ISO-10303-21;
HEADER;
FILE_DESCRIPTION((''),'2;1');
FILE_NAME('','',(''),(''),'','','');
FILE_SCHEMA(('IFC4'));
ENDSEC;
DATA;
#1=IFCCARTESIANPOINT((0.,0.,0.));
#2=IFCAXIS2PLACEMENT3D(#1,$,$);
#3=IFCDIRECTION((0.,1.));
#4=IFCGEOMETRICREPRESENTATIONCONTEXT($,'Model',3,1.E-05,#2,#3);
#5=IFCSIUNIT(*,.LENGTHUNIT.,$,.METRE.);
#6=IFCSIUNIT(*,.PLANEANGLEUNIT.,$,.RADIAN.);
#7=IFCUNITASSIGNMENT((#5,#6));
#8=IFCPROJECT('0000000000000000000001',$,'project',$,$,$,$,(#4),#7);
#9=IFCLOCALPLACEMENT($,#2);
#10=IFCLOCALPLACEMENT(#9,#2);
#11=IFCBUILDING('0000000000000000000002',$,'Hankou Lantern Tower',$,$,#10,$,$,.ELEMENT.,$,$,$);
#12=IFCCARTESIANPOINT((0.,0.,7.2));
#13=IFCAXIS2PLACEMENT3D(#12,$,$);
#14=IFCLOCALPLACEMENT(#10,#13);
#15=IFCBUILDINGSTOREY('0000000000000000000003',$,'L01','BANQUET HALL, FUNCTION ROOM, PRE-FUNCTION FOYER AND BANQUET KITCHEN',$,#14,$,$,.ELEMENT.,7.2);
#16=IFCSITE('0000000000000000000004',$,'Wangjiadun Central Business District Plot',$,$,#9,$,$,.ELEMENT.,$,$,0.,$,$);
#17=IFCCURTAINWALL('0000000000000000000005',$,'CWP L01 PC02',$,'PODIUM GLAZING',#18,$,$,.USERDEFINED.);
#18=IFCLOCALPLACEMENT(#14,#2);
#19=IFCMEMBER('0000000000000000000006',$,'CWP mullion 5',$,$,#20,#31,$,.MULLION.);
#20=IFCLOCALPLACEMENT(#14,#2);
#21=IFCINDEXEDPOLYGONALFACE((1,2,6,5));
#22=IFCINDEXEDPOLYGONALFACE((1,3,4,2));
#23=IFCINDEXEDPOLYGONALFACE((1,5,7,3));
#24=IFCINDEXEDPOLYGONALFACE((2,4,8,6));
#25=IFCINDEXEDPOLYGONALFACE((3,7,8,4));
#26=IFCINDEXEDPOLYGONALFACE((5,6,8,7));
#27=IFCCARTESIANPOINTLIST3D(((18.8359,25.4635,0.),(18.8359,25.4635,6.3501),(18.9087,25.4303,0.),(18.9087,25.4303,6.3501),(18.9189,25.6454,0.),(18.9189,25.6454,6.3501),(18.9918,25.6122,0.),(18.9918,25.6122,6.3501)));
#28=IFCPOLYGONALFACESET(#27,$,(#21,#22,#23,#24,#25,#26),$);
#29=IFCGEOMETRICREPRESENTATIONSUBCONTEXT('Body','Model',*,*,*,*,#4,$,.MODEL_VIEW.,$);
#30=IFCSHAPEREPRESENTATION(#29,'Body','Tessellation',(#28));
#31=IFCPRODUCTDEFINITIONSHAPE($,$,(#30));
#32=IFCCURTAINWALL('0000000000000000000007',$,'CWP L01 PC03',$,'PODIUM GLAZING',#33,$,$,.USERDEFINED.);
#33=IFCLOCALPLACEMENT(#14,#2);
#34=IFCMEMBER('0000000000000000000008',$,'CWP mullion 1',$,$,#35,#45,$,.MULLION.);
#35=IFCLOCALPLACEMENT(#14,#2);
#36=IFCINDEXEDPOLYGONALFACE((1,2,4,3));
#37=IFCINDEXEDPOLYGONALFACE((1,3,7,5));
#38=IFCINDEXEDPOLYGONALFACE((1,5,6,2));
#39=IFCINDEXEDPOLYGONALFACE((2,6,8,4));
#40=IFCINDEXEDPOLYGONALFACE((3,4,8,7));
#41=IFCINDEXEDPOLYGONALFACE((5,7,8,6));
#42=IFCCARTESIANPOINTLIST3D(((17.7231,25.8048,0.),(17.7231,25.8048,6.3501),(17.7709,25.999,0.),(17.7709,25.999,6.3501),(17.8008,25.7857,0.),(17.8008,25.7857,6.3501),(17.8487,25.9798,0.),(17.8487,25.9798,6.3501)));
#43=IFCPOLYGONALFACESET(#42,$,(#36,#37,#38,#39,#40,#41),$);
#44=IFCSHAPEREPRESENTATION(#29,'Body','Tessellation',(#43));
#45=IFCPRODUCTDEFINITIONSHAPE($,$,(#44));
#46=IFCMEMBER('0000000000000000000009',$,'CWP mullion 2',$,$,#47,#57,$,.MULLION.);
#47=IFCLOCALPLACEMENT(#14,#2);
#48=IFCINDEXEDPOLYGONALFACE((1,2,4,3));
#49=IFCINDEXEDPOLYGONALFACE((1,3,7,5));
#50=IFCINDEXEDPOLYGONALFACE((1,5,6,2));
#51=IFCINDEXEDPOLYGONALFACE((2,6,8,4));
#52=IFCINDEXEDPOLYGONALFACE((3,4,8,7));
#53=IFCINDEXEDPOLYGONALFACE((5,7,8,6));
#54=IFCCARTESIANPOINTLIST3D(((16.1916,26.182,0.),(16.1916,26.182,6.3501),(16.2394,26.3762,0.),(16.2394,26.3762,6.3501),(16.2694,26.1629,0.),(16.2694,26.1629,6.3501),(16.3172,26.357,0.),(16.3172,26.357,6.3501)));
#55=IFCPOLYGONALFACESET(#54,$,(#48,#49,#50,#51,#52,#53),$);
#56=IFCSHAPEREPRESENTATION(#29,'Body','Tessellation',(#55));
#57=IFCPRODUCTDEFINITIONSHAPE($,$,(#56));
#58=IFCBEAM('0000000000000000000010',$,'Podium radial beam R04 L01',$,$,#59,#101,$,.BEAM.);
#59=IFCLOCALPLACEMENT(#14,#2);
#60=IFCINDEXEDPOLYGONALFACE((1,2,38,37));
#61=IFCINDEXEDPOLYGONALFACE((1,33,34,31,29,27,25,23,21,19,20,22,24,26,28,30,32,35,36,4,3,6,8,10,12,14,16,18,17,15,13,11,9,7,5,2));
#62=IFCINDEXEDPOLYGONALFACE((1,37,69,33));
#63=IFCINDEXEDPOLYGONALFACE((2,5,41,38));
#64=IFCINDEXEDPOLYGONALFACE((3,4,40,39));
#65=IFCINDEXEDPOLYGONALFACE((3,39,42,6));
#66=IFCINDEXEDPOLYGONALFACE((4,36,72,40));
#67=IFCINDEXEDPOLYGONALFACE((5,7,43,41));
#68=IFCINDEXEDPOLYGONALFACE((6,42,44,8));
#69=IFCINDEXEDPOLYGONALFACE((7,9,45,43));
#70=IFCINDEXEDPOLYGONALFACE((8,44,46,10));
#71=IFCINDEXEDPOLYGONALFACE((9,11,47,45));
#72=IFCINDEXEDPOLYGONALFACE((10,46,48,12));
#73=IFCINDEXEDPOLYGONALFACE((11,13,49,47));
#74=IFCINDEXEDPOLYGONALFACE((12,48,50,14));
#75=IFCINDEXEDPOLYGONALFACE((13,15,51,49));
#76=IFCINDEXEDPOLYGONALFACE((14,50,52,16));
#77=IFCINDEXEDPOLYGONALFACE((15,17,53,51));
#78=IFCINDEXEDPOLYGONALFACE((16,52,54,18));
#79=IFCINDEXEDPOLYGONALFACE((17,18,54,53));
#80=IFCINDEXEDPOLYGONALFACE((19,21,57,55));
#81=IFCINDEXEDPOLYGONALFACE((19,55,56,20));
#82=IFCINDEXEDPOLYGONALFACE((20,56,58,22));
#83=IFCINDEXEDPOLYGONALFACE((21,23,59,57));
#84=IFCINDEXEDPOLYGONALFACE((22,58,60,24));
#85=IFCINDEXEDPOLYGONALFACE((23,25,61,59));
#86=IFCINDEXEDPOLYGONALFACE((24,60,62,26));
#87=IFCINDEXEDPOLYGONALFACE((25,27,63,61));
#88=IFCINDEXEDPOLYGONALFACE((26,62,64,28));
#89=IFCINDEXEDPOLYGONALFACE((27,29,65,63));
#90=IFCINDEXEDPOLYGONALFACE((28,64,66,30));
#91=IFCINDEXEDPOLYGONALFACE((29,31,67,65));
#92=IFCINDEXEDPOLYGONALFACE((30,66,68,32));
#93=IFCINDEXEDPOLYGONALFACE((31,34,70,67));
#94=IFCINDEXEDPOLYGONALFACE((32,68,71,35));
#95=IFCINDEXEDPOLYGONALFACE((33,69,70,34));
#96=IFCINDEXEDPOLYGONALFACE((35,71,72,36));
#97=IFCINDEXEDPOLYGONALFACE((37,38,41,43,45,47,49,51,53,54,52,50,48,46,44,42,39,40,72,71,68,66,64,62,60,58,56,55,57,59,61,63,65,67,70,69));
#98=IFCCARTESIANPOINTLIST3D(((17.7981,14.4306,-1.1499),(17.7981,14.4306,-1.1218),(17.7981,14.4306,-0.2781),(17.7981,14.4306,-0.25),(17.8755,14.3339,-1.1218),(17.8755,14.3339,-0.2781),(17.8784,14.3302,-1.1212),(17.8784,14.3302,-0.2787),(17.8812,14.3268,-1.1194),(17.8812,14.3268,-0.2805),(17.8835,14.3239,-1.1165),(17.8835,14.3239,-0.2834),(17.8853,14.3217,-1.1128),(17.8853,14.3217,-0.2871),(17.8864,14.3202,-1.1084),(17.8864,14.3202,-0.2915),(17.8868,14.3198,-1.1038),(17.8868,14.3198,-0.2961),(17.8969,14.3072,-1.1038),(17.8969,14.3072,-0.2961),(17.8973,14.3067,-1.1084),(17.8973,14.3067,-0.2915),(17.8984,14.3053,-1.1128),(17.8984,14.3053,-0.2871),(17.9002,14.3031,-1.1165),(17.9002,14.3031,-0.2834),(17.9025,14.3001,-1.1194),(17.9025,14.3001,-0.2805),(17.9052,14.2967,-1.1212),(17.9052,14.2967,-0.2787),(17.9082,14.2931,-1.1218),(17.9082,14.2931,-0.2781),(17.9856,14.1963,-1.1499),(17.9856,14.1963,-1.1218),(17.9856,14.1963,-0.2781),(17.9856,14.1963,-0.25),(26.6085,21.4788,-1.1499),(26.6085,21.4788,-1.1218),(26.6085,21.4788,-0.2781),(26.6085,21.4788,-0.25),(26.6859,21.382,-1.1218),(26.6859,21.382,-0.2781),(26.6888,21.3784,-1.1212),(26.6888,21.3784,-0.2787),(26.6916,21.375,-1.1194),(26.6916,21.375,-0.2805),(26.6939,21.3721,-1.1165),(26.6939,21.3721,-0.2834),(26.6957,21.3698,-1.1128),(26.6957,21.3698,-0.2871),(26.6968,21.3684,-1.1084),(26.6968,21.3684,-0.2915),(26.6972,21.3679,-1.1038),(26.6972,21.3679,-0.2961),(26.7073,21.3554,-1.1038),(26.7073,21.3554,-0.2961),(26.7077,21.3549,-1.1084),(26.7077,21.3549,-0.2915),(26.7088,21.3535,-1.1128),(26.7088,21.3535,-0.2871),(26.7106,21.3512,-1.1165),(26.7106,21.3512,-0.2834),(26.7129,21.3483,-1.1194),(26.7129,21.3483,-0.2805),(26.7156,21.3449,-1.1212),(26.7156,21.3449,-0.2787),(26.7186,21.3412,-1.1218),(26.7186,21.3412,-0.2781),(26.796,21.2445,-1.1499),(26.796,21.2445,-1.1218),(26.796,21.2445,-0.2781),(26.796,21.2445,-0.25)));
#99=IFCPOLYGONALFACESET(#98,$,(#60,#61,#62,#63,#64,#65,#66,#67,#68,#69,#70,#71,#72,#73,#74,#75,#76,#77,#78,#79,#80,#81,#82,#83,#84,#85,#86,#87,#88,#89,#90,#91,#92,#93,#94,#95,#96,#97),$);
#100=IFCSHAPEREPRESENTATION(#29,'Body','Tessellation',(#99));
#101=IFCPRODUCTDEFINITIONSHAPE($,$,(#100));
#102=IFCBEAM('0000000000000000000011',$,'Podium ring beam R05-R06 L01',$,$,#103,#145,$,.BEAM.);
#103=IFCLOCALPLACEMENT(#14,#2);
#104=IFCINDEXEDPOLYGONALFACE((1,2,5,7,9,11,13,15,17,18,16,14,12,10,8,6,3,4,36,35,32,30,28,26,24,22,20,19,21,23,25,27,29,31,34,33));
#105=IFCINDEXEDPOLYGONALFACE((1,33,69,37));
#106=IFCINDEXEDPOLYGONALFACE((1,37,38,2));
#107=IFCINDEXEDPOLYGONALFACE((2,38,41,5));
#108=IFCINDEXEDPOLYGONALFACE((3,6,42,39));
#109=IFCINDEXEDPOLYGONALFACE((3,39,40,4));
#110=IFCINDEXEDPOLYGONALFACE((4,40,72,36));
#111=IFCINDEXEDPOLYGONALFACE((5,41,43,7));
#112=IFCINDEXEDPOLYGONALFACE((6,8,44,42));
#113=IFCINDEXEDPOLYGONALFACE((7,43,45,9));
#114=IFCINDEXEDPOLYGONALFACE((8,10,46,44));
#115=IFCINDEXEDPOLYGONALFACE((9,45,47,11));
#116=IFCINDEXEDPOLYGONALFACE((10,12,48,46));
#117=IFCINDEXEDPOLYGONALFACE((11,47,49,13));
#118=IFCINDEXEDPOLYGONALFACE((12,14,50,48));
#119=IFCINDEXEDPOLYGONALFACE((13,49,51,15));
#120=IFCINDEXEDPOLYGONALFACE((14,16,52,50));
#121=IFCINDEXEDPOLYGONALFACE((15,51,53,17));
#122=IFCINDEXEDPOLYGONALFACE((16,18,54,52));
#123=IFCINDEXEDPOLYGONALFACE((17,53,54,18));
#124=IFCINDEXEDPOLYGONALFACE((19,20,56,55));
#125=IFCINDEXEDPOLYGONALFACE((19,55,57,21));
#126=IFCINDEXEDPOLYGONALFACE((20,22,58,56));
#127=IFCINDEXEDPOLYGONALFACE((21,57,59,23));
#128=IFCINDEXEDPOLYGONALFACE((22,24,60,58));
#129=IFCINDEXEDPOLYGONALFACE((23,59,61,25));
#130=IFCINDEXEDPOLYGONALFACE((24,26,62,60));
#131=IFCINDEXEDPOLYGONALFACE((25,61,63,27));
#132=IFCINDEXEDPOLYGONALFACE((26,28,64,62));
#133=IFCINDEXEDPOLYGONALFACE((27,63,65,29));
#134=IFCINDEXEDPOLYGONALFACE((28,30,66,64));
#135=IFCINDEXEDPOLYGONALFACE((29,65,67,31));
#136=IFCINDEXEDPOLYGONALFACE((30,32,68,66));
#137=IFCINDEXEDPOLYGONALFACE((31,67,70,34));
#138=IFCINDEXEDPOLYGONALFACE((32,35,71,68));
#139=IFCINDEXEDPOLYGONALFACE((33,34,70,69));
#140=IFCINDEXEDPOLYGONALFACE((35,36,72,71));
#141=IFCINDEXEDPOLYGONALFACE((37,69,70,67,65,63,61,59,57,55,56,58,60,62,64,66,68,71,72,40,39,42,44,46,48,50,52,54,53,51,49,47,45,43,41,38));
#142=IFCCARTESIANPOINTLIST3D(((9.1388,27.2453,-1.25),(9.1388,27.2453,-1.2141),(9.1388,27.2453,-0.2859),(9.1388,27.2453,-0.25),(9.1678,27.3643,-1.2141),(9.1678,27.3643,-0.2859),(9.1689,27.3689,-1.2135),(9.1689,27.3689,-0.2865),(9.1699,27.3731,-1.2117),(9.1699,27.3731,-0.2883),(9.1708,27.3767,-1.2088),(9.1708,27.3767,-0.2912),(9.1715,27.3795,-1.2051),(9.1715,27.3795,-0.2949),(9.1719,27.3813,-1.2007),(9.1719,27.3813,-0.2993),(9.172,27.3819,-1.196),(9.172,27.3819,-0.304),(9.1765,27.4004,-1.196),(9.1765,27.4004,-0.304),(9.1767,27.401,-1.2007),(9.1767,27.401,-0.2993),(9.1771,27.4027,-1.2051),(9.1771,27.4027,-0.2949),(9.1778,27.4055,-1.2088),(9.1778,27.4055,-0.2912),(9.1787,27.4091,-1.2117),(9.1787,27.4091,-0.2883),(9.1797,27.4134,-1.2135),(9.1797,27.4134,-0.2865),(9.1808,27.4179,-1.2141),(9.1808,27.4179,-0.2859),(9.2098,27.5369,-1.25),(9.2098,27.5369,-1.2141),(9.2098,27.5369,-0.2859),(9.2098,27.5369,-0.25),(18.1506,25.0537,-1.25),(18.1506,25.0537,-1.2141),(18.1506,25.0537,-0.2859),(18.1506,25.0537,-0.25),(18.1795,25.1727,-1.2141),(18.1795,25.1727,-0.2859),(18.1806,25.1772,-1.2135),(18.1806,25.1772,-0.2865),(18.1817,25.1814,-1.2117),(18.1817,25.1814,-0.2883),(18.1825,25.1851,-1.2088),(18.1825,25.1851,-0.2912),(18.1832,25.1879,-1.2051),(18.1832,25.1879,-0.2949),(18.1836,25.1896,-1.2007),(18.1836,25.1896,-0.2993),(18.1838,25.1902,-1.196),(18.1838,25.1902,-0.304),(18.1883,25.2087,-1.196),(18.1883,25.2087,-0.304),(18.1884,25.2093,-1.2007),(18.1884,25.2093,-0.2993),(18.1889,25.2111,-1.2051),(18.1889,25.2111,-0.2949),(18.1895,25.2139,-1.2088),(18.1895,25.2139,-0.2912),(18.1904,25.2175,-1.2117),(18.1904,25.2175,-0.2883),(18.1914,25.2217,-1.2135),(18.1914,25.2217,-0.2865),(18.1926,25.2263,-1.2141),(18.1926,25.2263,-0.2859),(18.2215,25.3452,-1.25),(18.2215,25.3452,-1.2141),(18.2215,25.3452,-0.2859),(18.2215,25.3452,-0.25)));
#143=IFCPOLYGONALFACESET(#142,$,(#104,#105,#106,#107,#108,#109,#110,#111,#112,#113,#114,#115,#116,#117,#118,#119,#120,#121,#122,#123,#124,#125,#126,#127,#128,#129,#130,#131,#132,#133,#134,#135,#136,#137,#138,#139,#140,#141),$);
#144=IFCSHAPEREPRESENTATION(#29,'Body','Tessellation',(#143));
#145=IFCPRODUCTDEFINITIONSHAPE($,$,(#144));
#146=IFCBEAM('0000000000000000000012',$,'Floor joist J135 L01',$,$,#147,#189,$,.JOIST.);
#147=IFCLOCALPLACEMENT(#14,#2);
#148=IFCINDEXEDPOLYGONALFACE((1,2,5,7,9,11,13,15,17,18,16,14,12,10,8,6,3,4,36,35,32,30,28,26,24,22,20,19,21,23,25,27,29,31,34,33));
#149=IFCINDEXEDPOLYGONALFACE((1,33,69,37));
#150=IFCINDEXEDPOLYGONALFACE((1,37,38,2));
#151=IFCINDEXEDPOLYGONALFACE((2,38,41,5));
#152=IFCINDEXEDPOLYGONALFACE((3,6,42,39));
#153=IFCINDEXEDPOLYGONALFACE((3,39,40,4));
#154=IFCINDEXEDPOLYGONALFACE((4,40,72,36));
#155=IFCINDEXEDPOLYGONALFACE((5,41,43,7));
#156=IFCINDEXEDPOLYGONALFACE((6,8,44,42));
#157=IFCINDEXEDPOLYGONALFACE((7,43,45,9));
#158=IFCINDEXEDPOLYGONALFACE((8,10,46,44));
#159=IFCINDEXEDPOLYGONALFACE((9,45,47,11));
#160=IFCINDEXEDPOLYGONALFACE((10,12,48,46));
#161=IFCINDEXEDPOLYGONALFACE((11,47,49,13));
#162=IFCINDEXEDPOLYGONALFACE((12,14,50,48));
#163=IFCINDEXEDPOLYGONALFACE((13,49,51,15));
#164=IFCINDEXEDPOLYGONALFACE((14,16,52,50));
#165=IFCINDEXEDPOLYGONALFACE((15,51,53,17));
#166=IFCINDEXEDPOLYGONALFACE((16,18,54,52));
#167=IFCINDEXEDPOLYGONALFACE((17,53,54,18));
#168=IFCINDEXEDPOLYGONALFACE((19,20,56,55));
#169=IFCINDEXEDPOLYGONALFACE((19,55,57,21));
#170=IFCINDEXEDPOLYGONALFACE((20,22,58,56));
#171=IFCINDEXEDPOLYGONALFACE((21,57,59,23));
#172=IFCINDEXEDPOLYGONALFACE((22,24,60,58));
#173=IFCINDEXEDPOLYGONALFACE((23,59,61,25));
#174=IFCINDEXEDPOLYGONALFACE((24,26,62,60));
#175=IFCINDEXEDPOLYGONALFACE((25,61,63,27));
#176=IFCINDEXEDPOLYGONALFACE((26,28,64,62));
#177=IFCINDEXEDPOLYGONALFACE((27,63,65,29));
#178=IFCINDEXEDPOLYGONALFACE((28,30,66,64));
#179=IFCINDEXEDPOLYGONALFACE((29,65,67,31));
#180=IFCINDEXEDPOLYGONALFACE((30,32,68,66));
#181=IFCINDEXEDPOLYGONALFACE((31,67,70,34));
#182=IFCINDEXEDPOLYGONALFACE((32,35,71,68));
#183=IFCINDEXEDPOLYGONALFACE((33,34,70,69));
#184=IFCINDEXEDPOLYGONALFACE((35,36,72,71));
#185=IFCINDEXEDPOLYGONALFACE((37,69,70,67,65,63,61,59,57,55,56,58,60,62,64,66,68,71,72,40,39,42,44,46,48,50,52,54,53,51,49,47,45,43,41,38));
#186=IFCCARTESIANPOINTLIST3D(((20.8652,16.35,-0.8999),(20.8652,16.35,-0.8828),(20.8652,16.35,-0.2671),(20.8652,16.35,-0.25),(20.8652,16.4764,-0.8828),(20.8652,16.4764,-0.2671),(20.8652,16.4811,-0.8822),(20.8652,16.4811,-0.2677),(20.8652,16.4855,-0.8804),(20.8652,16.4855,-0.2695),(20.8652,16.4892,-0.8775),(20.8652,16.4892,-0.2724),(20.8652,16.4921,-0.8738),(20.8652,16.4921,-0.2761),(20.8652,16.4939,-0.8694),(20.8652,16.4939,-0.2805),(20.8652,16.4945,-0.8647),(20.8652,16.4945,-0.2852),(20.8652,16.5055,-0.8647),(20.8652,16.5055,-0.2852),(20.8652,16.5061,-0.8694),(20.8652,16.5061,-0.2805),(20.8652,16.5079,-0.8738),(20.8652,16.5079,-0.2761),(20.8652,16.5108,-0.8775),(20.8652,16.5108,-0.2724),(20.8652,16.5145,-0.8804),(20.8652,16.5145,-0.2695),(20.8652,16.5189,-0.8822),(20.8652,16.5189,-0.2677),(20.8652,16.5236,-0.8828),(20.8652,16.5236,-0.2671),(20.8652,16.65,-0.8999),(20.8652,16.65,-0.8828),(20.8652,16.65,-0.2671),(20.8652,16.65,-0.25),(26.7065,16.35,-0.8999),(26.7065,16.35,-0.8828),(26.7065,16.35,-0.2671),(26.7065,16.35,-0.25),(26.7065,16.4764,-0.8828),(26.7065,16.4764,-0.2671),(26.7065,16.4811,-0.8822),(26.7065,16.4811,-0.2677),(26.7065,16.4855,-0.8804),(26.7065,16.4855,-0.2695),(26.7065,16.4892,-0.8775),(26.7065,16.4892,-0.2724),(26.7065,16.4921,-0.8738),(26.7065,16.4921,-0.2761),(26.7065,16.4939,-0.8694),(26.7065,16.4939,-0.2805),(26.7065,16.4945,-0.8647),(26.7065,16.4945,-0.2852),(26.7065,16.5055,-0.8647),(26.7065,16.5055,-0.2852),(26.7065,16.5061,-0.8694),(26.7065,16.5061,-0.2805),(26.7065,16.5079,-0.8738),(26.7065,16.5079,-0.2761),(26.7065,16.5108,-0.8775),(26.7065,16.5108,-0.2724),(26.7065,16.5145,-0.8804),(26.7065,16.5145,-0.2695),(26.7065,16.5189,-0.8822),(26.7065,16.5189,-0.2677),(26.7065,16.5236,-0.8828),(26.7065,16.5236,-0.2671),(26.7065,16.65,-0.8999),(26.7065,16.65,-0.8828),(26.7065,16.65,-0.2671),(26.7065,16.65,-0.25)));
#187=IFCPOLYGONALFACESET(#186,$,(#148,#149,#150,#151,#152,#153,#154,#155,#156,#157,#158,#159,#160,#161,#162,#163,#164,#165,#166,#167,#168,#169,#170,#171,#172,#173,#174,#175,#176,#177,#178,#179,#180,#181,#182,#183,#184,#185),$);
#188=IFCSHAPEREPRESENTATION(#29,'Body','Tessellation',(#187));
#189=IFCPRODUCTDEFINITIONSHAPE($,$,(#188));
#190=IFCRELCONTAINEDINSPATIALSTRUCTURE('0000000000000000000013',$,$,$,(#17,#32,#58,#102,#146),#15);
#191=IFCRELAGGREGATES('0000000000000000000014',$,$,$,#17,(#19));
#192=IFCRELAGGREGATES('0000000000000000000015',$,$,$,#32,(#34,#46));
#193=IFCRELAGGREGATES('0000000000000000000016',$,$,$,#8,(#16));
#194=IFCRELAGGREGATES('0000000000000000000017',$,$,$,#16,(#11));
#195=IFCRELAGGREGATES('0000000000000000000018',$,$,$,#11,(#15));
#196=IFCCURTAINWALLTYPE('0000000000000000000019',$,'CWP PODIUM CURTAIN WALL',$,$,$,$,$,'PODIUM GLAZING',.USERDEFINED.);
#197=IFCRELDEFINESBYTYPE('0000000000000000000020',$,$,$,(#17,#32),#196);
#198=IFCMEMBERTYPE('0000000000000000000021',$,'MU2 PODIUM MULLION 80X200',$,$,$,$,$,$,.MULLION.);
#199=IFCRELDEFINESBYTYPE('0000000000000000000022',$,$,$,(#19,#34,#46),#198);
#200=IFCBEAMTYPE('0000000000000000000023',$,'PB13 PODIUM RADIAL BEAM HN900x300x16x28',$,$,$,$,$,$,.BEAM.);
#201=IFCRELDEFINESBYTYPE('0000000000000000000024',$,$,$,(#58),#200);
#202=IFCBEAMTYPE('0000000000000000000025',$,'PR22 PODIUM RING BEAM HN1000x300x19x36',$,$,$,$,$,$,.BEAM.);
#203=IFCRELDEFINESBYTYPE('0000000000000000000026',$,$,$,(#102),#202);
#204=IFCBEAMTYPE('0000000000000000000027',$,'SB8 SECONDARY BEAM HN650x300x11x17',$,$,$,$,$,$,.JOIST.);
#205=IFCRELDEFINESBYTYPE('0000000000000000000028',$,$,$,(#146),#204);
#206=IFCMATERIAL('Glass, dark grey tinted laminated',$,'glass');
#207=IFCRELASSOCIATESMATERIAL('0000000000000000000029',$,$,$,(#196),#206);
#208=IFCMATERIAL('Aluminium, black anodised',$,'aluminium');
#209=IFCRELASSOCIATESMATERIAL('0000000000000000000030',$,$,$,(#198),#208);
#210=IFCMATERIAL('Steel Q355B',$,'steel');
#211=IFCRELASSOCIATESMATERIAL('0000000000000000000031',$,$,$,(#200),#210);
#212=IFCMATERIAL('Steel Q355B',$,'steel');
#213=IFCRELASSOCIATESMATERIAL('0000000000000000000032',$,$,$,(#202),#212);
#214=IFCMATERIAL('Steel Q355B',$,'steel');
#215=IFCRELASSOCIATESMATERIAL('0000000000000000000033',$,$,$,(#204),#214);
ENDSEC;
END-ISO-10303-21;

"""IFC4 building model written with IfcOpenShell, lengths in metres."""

from ifc_helpers import new_model, si_unit, direction, frame, origin, origin_2d, place, context, subcontext, project, spatial, rectangle, i_section, extrude, material, material_profile, profile_set, type_object, element, aggregate, save


model = new_model("IFC4")

# Units and contexts
model_context = context("Model", 3, precision=1e-05, world=origin(), true_north=direction((0.0, 1.0)))
body_context = subcontext(model_context, "Body", "Model", "MODEL_VIEW")
ifc_project = project(units=[si_unit("LENGTHUNIT", "METRE"), si_unit("PLANEANGLEUNIT", "RADIAN")], contexts=[model_context])

# Site, building, storey
site_placement = place(None, origin())
site = spatial("IfcSite", under=ifc_project, at=site_placement, Name="Wangjiadun Central Business District Plot", CompositionType="ELEMENT", RefElevation=0.0)
building_placement = place(site_placement, origin())
building = spatial("IfcBuilding", under=site, at=building_placement, Name="Hankou Lantern Tower", CompositionType="ELEMENT")
storey_placement = place(building_placement, frame((0.0, 0.0, 7.2)))
storey = spatial("IfcBuildingStorey", under=building, at=storey_placement, Name="L01", Description="BANQUET HALL, FUNCTION ROOM, PRE-FUNCTION FOYER AND BANQUET KITCHEN", CompositionType="ELEMENT", Elevation=7.2)

# Curtain walls, members
ifc_material_1 = material(Name="Glass, dark grey tinted laminated", Category="glass")
curtain_wall_type = type_object("IfcCurtainWallType", Name="CWP PODIUM CURTAIN WALL", ElementType="PODIUM GLAZING", PredefinedType="USERDEFINED", material=ifc_material_1)
curtain_wall_1_placement = place(storey_placement, origin())
curtain_wall_1 = element("IfcCurtainWall", 1, at=curtain_wall_1_placement, inside=storey, type_object=curtain_wall_type, Name="CWP L01 PC02", ObjectType="PODIUM GLAZING", PredefinedType="USERDEFINED")
ifc_material_2 = material(Name="Aluminium, black anodised", Category="aluminium")
ifc_material_profile_1 = material_profile(ifc_material_2, rectangle(XDim=0.0801, YDim=0.2, at=origin_2d()), Name="MU2 80X200")
ifc_profile_set_1 = profile_set([ifc_material_profile_1], Name="Aluminium, black anodised")
member_type_1 = type_object("IfcMemberType", Name="MU2 PODIUM MULLION 80X200", PredefinedType="MULLION", material=ifc_profile_set_1)
member_1_placement = place(storey_placement, frame((18.9138, 25.5378, 0.0), z_axis=(0.0, 0.0, 1.0), x_axis=(-0.90967, 0.415332, 0.0)))
member_1 = element("IfcMember", 2, at=member_1_placement, type_object=member_type_1, Name="CWP mullion 5", PredefinedType="MULLION", context=body_context, shape_type="SweptSolid", body=[
    extrude(rectangle(XDim=0.0801, YDim=0.2, at=origin_2d()), origin(), (0.0, 0.0, 1.0), 6.3501),
])
curtain_wall_2_placement = place(storey_placement, origin())
curtain_wall_2 = element("IfcCurtainWall", 3, at=curtain_wall_2_placement, inside=storey, type_object=curtain_wall_type, Name="CWP L01 PC03", ObjectType="PODIUM GLAZING", PredefinedType="USERDEFINED")
member_2_placement = place(storey_placement, frame((17.7859, 25.8923, 0.0), z_axis=(0.0, 0.0, 1.0), x_axis=(-0.970961, 0.239238, 0.0)))
member_2 = element("IfcMember", 4, at=member_2_placement, type_object=member_type_1, Name="CWP mullion 1", PredefinedType="MULLION", context=body_context, shape_type="SweptSolid", body=[
    extrude(rectangle(XDim=0.0801, YDim=0.2, at=origin_2d()), origin(), (0.0, 0.0, 1.0), 6.3501),
])
member_3_placement = place(storey_placement, frame((16.2544, 26.2695, 0.0), z_axis=(0.0, 0.0, 1.0), x_axis=(-0.970961, 0.239238, 0.0)))
member_3 = element("IfcMember", 5, at=member_3_placement, type_object=member_type_1, Name="CWP mullion 2", PredefinedType="MULLION", context=body_context, shape_type="SweptSolid", body=[
    extrude(rectangle(XDim=0.0801, YDim=0.2, at=origin_2d()), origin(), (0.0, 0.0, 1.0), 6.3501),
])

# Beams
ifc_material_3 = material(Name="Steel Q355B", Category="steel")
ifc_material_profile_2 = material_profile(ifc_material_3, i_section(OverallWidth=0.3, OverallDepth=0.8999, WebThickness=0.0161, FlangeThickness=0.0281, FilletRadius=0.0181, at=origin_2d()), Name="HN900x300x16x28")
ifc_profile_set_2 = profile_set([ifc_material_profile_2], Name="Steel Q355B")
beam_type_1 = type_object("IfcBeamType", Name="PB13 PODIUM RADIAL BEAM HN900x300x16x28", PredefinedType="BEAM", material=ifc_profile_set_2)
beam_1_placement = place(storey_placement, frame((17.8918, 14.3135, -0.7), z_axis=(0.780875, 0.624687, 0.0), x_axis=(-0.624687, 0.780875, 0.0)))
element("IfcBeam", 6, at=beam_1_placement, inside=storey, type_object=beam_type_1, Name="Podium radial beam R04 L01", PredefinedType="BEAM", context=body_context, shape_type="SweptSolid", body=[
    extrude(i_section(OverallWidth=0.3, OverallDepth=0.8999, WebThickness=0.0161, FlangeThickness=0.0281, FilletRadius=0.0181, at=origin_2d()), origin(), (0.0, 0.0, 1.0), 11.2827),
])
ifc_material_4 = material(Name="Steel Q355B", Category="steel")
ifc_material_profile_3 = material_profile(ifc_material_4, i_section(OverallWidth=0.3, OverallDepth=1.0, WebThickness=0.019, FlangeThickness=0.0359, FilletRadius=0.0181, at=origin_2d()), Name="HN1000x300x19x36")
ifc_profile_set_3 = profile_set([ifc_material_profile_3], Name="Steel Q355B")
beam_type_2 = type_object("IfcBeamType", Name="PR22 PODIUM RING BEAM HN1000x300x19x36", PredefinedType="BEAM", material=ifc_profile_set_3)
beam_2_placement = place(storey_placement, frame((18.186, 25.1995, -0.75), z_axis=(-0.971677, 0.236312, 0.0), x_axis=(-0.236312, -0.971677, 0.0)))
element("IfcBeam", 7, at=beam_2_placement, inside=storey, type_object=beam_type_2, Name="Podium ring beam R05-R06 L01", PredefinedType="BEAM", context=body_context, shape_type="SweptSolid", body=[
    extrude(i_section(OverallWidth=0.3, OverallDepth=1.0, WebThickness=0.019, FlangeThickness=0.0359, FilletRadius=0.0181, at=origin_2d()), origin(), (0.0, 0.0, 1.0), 9.2744),
])
ifc_material_5 = material(Name="Steel Q355B", Category="steel")
ifc_material_profile_4 = material_profile(ifc_material_5, i_section(OverallWidth=0.3, OverallDepth=0.6499, WebThickness=0.011, FlangeThickness=0.0171, FilletRadius=0.0181, at=origin_2d()), Name="HN650x300x11x17")
ifc_profile_set_4 = profile_set([ifc_material_profile_4], Name="Steel Q355B")
beam_type_3 = type_object("IfcBeamType", Name="SB8 SECONDARY BEAM HN650x300x11x17", PredefinedType="JOIST", material=ifc_profile_set_4)
beam_3_placement = place(storey_placement, frame((20.8652, 16.5, -0.575), z_axis=(1.0, 0.0, 0.0), x_axis=(0.0, 1.0, 0.0)))
element("IfcBeam", 8, at=beam_3_placement, inside=storey, type_object=beam_type_3, Name="Floor joist J135 L01", PredefinedType="JOIST", context=body_context, shape_type="SweptSolid", body=[
    extrude(i_section(OverallWidth=0.3, OverallDepth=0.6499, WebThickness=0.011, FlangeThickness=0.0171, FilletRadius=0.0181, at=origin_2d()), origin(), (0.0, 0.0, 1.0), 5.8413),
])

aggregate(curtain_wall_1, [member_1])
aggregate(curtain_wall_2, [member_2, member_3])

save(model, "model.ifc")
